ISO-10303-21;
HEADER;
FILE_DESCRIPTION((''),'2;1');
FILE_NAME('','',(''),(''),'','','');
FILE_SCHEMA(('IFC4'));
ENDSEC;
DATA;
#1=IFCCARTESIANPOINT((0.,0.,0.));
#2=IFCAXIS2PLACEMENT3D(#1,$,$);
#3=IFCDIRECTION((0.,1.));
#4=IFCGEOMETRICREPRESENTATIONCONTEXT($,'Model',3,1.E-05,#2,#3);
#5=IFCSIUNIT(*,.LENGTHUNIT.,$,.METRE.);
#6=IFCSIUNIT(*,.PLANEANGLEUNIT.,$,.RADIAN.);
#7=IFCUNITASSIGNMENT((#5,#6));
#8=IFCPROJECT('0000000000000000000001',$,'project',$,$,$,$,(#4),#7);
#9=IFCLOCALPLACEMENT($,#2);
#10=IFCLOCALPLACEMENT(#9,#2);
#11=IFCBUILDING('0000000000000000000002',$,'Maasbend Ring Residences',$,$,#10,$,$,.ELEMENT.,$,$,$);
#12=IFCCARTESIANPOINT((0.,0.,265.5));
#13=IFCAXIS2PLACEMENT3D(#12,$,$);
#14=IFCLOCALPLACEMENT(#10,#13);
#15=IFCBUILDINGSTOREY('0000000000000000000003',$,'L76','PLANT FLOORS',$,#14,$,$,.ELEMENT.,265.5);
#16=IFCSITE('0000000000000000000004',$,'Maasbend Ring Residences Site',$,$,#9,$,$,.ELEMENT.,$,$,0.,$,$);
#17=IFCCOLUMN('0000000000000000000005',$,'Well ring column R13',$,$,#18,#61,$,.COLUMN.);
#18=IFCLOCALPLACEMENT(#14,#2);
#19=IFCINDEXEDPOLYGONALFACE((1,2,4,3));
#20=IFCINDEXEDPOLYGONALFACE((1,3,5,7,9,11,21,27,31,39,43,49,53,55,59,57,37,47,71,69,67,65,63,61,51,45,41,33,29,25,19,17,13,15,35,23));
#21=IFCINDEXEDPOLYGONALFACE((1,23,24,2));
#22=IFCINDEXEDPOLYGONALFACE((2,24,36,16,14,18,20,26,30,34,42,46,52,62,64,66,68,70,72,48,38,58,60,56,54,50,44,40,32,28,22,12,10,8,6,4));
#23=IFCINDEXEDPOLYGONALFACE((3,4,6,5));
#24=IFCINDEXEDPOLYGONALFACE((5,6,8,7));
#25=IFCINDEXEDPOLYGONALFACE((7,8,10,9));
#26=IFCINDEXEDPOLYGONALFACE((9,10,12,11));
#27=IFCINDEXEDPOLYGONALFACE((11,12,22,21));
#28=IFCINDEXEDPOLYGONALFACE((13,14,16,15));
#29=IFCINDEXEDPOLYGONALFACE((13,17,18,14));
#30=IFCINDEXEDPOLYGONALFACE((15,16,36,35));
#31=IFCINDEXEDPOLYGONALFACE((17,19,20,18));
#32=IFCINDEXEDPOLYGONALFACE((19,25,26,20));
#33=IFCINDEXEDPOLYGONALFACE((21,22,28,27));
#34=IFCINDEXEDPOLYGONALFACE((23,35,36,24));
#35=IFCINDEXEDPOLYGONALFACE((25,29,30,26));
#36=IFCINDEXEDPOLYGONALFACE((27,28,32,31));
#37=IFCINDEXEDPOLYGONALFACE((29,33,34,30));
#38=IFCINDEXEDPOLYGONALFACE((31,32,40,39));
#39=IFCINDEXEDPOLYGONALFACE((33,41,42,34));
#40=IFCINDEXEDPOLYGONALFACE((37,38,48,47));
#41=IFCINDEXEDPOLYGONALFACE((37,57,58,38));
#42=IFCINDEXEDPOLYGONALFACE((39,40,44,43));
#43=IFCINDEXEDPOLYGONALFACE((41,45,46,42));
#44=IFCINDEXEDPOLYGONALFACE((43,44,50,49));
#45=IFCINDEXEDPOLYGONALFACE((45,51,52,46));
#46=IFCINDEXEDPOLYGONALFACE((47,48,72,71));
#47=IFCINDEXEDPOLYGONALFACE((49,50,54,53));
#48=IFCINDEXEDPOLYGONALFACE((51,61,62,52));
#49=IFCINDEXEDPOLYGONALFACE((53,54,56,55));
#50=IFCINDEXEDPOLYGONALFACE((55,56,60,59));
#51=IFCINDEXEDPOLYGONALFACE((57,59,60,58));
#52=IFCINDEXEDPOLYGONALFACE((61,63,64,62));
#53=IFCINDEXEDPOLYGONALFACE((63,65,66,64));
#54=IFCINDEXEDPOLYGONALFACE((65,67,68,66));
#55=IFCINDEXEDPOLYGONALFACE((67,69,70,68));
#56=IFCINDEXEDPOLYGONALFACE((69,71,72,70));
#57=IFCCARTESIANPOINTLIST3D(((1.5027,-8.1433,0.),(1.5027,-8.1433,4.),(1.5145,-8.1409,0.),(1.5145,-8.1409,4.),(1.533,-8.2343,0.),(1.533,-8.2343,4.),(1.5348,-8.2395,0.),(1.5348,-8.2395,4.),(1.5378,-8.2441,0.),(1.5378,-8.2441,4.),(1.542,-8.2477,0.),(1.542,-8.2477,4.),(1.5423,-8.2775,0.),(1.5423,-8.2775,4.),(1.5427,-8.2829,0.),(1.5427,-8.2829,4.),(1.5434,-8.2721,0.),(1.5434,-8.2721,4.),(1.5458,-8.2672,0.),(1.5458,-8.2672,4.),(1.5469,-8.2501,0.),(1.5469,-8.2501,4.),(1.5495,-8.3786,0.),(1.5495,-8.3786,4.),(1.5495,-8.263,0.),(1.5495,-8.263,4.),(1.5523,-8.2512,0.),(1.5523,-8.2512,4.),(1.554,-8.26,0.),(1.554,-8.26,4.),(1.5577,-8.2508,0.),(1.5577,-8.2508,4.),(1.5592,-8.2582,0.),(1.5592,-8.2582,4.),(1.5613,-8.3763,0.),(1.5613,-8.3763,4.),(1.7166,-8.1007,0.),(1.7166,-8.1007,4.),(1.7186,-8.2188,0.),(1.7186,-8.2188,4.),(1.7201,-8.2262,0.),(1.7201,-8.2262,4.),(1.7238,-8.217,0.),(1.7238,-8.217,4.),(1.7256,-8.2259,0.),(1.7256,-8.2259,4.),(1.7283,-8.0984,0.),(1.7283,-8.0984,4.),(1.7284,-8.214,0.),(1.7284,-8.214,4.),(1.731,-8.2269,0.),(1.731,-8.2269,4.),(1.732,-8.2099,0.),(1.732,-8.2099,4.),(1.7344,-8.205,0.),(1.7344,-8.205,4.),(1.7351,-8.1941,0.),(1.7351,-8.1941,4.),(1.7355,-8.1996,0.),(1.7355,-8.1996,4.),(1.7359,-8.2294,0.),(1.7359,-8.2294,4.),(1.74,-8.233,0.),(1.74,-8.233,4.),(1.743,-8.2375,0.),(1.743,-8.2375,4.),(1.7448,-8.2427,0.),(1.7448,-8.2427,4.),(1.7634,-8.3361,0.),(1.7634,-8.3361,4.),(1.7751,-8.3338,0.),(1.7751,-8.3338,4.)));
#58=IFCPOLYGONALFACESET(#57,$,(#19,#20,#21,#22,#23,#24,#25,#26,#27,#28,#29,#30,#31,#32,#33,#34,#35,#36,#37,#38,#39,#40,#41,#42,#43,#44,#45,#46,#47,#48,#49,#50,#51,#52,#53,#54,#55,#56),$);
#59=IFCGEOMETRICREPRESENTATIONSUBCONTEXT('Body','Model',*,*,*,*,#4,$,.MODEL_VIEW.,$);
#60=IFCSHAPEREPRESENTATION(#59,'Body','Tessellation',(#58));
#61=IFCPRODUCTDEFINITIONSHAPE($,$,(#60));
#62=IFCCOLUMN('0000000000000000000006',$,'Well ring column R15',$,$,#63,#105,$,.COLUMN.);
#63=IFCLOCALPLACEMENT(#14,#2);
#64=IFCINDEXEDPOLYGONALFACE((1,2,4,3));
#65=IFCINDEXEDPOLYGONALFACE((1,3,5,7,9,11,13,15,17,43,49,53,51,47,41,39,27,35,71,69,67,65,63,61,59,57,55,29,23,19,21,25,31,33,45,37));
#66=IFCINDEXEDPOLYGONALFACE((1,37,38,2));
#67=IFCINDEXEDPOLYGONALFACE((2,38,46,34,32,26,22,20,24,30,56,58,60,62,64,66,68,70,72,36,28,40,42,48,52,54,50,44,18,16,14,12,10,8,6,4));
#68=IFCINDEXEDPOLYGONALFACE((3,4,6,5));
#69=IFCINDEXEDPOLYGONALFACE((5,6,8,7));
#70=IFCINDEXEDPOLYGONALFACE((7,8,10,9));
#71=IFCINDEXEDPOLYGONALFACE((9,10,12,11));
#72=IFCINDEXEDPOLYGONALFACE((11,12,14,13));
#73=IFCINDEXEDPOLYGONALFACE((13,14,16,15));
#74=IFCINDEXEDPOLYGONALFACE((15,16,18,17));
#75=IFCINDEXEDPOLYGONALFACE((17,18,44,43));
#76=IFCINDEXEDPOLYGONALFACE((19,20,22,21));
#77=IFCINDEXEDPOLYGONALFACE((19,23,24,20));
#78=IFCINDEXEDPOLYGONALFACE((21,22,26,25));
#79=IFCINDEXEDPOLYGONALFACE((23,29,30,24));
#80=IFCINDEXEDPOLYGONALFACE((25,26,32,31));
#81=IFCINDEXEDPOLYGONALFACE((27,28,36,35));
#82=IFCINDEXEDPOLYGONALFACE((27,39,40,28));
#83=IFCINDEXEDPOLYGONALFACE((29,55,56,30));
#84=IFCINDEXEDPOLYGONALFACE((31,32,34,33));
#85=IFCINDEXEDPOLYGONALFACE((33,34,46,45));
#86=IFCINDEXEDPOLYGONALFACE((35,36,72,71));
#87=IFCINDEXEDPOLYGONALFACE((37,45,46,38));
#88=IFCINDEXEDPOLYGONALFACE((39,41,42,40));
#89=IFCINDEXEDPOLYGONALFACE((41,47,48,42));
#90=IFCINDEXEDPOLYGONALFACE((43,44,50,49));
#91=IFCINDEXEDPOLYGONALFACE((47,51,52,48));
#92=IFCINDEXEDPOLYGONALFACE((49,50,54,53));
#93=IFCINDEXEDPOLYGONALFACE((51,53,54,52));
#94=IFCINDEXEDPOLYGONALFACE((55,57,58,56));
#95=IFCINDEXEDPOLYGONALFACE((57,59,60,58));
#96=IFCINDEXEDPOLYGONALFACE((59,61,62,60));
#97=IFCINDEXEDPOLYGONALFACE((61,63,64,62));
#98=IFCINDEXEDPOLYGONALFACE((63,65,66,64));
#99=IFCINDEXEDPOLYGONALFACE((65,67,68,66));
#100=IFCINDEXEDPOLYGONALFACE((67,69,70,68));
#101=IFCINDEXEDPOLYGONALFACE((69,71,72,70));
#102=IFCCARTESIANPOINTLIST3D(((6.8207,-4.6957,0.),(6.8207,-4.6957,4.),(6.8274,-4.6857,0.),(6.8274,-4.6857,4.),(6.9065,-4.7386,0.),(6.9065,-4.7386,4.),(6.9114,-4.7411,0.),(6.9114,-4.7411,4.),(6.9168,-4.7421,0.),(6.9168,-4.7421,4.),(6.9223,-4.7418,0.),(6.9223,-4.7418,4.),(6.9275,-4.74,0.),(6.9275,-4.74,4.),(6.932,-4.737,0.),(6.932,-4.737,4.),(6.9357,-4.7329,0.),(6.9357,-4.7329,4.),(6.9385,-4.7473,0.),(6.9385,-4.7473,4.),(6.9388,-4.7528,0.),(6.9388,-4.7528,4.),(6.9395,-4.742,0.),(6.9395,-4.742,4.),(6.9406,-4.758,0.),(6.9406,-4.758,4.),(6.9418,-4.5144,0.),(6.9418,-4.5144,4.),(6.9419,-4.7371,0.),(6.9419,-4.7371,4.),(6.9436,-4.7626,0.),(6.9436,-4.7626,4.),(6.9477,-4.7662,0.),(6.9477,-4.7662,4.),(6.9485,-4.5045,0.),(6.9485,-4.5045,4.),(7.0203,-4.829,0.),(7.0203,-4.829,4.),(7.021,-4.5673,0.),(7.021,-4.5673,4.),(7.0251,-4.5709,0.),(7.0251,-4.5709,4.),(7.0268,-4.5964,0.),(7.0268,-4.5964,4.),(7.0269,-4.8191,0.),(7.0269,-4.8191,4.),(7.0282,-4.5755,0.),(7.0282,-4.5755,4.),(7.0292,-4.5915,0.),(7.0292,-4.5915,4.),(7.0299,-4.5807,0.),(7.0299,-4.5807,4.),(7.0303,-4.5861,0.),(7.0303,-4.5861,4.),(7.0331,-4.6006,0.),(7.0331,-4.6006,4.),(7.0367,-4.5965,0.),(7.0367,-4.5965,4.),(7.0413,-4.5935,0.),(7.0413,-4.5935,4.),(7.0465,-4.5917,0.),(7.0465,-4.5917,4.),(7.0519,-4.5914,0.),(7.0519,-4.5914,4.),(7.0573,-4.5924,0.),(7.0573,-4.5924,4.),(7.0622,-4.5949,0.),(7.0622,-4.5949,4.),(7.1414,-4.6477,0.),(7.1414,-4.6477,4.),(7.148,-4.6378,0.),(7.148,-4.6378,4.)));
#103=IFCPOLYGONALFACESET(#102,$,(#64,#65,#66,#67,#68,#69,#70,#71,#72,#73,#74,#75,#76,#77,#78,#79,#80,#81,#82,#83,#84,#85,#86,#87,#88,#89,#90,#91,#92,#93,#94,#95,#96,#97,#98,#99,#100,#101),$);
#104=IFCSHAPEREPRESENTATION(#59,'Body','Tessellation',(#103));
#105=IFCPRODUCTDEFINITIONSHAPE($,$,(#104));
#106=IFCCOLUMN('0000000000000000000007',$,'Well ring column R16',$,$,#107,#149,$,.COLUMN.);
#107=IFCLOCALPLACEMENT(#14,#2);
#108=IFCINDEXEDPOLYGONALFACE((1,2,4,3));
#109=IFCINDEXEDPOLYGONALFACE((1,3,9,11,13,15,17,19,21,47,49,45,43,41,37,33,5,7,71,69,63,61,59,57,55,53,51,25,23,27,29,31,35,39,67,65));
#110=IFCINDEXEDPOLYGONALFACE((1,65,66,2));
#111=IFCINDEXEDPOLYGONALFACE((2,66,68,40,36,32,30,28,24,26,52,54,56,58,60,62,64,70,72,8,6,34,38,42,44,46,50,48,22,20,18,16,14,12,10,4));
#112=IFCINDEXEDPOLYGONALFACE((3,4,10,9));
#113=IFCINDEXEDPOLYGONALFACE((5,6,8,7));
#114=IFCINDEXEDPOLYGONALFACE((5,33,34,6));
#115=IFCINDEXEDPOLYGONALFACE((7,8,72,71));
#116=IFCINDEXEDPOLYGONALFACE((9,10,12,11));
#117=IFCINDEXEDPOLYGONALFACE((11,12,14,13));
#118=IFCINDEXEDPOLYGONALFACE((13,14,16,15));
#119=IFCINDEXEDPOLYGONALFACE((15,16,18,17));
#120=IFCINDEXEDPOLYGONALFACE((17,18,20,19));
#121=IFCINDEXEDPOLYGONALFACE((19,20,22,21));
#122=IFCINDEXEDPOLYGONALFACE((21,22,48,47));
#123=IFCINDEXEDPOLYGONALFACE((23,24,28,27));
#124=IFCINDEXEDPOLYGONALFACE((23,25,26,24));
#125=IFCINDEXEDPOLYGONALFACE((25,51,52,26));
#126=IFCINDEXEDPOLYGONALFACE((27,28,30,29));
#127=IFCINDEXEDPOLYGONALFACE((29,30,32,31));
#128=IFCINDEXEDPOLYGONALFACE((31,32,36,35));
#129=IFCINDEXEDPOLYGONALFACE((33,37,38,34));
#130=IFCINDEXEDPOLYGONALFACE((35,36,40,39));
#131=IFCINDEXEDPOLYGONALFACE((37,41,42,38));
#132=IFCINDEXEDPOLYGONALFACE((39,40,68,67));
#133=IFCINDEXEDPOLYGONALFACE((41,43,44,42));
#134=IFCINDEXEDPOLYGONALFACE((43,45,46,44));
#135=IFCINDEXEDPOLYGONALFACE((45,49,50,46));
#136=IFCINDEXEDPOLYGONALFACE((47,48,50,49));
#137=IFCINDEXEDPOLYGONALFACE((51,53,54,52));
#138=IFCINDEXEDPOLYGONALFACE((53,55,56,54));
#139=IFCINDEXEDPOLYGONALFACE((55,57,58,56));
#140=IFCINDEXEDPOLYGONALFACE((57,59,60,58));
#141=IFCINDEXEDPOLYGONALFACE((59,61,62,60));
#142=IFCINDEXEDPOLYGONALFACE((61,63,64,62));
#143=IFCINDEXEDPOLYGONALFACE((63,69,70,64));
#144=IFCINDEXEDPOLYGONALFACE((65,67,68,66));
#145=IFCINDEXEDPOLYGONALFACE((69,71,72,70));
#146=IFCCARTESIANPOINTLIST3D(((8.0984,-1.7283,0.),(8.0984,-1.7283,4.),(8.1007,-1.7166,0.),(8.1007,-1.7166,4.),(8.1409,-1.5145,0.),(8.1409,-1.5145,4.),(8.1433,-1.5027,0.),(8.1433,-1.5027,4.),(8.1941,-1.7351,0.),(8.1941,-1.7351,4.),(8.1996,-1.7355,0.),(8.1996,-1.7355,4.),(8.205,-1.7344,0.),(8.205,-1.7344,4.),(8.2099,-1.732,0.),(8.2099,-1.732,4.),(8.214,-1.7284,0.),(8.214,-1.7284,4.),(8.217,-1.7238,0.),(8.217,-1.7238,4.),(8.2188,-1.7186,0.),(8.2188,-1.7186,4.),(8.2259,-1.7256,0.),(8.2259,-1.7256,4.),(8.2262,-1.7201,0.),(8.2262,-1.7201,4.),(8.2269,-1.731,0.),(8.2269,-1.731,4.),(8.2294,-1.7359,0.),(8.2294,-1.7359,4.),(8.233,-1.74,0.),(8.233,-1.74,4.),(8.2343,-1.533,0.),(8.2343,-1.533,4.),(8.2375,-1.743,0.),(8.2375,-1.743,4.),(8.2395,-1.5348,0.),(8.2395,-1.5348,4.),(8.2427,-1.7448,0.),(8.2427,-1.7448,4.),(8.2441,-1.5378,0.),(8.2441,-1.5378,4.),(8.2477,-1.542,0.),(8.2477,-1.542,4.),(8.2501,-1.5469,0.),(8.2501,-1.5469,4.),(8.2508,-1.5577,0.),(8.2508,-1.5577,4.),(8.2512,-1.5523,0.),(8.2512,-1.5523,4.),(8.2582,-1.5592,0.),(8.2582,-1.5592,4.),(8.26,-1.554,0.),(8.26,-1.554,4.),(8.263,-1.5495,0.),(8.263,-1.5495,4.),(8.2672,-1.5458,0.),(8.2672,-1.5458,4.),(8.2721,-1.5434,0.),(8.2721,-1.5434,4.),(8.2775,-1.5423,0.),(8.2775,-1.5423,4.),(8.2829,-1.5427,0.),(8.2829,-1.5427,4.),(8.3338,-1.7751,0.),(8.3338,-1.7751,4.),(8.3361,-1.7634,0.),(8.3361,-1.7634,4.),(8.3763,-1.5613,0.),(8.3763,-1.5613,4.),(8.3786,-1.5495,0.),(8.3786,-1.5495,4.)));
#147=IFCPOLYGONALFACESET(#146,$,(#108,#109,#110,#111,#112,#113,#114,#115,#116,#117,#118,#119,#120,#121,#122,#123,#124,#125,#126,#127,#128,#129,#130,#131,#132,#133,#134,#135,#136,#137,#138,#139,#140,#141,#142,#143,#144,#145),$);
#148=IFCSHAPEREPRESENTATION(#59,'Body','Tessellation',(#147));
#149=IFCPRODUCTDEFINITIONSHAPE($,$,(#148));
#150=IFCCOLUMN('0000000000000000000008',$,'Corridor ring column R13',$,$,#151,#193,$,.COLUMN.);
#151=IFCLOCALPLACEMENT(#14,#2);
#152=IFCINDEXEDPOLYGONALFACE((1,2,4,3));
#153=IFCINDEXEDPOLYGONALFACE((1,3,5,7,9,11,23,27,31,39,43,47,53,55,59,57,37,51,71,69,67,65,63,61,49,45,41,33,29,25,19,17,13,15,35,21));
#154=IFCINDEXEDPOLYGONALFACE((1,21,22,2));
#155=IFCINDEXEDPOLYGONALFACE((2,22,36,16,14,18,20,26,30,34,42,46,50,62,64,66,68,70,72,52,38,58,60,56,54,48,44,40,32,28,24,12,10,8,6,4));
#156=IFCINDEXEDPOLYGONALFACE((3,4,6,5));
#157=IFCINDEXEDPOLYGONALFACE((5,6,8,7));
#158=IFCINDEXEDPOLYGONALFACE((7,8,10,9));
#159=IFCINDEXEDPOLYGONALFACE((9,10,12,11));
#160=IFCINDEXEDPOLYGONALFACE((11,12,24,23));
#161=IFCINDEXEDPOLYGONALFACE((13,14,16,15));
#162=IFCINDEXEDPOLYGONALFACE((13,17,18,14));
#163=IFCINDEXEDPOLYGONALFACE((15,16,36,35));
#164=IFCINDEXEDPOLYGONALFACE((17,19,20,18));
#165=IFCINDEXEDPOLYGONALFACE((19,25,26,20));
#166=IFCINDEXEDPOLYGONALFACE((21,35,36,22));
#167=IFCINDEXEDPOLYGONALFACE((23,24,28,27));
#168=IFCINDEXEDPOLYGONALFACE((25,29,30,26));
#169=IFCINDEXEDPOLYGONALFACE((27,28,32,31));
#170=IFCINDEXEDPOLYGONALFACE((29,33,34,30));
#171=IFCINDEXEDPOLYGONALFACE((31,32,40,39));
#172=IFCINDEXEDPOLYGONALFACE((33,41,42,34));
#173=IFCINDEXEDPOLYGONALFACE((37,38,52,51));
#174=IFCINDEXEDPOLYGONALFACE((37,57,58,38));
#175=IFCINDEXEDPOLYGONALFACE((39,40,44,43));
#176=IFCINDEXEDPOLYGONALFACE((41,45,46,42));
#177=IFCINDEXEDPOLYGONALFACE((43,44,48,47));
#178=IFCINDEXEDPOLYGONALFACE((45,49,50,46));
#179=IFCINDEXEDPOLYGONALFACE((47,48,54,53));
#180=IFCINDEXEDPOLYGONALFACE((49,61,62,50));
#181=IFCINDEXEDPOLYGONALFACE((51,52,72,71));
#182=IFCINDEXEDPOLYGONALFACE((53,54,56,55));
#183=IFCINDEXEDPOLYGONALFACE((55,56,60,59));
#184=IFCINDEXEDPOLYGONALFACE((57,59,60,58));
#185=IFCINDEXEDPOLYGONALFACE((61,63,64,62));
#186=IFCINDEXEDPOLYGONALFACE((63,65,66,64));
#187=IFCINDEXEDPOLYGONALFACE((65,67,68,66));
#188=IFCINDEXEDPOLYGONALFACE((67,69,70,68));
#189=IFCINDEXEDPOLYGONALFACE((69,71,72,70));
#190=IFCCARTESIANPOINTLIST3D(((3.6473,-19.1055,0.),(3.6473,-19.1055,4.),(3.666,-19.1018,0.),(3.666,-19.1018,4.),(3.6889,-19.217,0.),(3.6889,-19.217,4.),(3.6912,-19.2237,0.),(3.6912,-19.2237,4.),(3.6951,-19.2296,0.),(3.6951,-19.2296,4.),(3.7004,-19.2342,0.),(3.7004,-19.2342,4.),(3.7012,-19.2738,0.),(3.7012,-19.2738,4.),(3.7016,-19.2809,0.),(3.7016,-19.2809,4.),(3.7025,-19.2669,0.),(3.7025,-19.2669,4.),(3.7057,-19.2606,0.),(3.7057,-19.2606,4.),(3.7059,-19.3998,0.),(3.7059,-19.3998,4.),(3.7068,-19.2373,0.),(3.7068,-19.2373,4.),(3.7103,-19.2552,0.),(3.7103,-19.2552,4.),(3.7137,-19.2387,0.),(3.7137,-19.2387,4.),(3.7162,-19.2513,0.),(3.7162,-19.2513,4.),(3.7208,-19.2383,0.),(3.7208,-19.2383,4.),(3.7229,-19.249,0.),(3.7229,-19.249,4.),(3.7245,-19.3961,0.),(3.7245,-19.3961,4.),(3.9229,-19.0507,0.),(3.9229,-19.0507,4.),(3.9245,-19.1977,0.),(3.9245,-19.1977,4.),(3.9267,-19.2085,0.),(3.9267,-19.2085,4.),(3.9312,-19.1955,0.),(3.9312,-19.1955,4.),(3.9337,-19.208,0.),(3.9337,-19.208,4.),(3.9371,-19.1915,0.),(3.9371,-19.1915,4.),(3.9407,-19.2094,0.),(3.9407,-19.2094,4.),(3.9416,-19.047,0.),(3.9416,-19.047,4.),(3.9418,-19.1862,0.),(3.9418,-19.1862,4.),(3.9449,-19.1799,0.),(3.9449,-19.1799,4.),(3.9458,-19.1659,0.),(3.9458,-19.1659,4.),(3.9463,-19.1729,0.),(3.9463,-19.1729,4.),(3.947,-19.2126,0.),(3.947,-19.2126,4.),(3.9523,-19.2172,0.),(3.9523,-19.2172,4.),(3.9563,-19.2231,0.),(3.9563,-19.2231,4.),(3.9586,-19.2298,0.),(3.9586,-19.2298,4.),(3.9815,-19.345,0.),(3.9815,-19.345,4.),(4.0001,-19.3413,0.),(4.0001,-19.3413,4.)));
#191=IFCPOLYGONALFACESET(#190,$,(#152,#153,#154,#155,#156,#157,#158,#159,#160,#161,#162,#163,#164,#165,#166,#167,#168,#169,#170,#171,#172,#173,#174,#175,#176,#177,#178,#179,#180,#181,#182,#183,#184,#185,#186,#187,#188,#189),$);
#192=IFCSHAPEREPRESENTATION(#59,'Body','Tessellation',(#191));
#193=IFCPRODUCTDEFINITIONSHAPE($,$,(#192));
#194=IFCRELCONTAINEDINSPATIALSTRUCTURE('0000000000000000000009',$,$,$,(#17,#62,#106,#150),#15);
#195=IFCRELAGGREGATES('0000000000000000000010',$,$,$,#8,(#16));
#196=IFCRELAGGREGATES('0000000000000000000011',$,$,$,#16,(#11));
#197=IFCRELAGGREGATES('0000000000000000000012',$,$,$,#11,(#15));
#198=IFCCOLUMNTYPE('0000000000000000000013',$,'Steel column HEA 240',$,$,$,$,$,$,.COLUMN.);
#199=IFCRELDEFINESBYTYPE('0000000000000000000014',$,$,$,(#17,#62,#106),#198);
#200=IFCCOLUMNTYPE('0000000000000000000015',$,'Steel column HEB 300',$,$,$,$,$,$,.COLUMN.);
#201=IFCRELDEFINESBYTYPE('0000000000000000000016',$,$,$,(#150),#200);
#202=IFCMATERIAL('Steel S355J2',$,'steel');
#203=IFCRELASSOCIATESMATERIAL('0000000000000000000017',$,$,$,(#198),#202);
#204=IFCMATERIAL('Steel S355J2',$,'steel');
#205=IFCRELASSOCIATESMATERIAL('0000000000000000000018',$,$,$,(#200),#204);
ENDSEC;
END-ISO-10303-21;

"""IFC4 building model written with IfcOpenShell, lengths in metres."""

from ifc_helpers import new_model, si_unit, direction, frame, origin, origin_2d, place, context, subcontext, project, spatial, i_section, extrude, material, material_profile, profile_set, type_object, element, save


model = new_model("IFC4")

# Units and contexts
model_context = context("Model", 3, precision=1e-05, world=origin(), true_north=direction((0.0, 1.0)))
body_context = subcontext(model_context, "Body", "Model", "MODEL_VIEW")
ifc_project = project(units=[si_unit("LENGTHUNIT", "METRE"), si_unit("PLANEANGLEUNIT", "RADIAN")], contexts=[model_context])

# Site, building, storey
site_placement = place(None, origin())
site = spatial("IfcSite", under=ifc_project, at=site_placement, Name="Maasbend Ring Residences Site", CompositionType="ELEMENT", RefElevation=0.0)
building_placement = place(site_placement, origin())
building = spatial("IfcBuilding", under=site, at=building_placement, Name="Maasbend Ring Residences", CompositionType="ELEMENT")
storey_placement = place(building_placement, frame((0.0, 0.0, 265.5)))
storey = spatial("IfcBuildingStorey", under=building, at=storey_placement, Name="L76", Description="PLANT FLOORS", CompositionType="ELEMENT", Elevation=265.5)

# Columns
ifc_material_1 = material(Name="Steel S355J2", Category="steel")
ifc_material_profile_1 = material_profile(ifc_material_1, i_section(OverallWidth=0.24, OverallDepth=0.23, WebThickness=0.0076, FlangeThickness=0.012, FilletRadius=0.021, at=origin_2d()), Name="HEA 240")
ifc_profile_set_1 = profile_set([ifc_material_profile_1], Name="Steel S355J2")
column_type_1 = type_object("IfcColumnType", Name="Steel column HEA 240", PredefinedType="COLUMN", material=ifc_profile_set_1)
for number, where, z_axis, x_axis, name in (
    (1, (1.6389, -8.2385, 0.0), (0.0, 0.0, 1.0), (0.19509, -0.980785, 0.0), "Well ring column R13"),
    (2, (6.9844, -4.6667, 0.0), (0.0, 0.0, 1.0), (0.83147, -0.55557, 0.0), "Well ring column R15"),
    (3, (8.2385, -1.6389, 0.0), (0.0, 0.0, 1.0), (0.980785, -0.19509, 0.0), "Well ring column R16"),
):
    element("IfcColumn", number, at=place(storey_placement, frame(where, z_axis=z_axis, x_axis=x_axis)), inside=storey, type_object=column_type_1, Name=name, PredefinedType="COLUMN", context=body_context, shape_type="SweptSolid", body=[
        extrude(i_section(OverallWidth=0.24, OverallDepth=0.23, WebThickness=0.0076, FlangeThickness=0.012, FilletRadius=0.021, at=origin_2d()), origin(), (0.0, 0.0, 1.0), 4.0),
    ])
ifc_material_2 = material(Name="Steel S355J2", Category="steel")
ifc_material_profile_2 = material_profile(ifc_material_2, i_section(OverallWidth=0.3, OverallDepth=0.3, WebThickness=0.011, FlangeThickness=0.019, FilletRadius=0.0271, at=origin_2d()), Name="HEB 300")
ifc_profile_set_2 = profile_set([ifc_material_profile_2], Name="Steel S355J2")
column_type_2 = type_object("IfcColumnType", Name="Steel column HEB 300", PredefinedType="COLUMN", material=ifc_profile_set_2)
for number, where, z_axis, x_axis, name in (
    (4, (3.8237, -19.2234, 0.0), (0.0, 0.0, 1.0), (0.19509, -0.980785, 0.0), "Corridor ring column R13"),
):
    element("IfcColumn", number, at=place(storey_placement, frame(where, z_axis=z_axis, x_axis=x_axis)), inside=storey, type_object=column_type_2, Name=name, PredefinedType="COLUMN", context=body_context, shape_type="SweptSolid", body=[
        extrude(i_section(OverallWidth=0.3, OverallDepth=0.3, WebThickness=0.011, FlangeThickness=0.019, FilletRadius=0.0271, at=origin_2d()), origin(), (0.0, 0.0, 1.0), 4.0),
    ])

save(model, "model.ifc")
